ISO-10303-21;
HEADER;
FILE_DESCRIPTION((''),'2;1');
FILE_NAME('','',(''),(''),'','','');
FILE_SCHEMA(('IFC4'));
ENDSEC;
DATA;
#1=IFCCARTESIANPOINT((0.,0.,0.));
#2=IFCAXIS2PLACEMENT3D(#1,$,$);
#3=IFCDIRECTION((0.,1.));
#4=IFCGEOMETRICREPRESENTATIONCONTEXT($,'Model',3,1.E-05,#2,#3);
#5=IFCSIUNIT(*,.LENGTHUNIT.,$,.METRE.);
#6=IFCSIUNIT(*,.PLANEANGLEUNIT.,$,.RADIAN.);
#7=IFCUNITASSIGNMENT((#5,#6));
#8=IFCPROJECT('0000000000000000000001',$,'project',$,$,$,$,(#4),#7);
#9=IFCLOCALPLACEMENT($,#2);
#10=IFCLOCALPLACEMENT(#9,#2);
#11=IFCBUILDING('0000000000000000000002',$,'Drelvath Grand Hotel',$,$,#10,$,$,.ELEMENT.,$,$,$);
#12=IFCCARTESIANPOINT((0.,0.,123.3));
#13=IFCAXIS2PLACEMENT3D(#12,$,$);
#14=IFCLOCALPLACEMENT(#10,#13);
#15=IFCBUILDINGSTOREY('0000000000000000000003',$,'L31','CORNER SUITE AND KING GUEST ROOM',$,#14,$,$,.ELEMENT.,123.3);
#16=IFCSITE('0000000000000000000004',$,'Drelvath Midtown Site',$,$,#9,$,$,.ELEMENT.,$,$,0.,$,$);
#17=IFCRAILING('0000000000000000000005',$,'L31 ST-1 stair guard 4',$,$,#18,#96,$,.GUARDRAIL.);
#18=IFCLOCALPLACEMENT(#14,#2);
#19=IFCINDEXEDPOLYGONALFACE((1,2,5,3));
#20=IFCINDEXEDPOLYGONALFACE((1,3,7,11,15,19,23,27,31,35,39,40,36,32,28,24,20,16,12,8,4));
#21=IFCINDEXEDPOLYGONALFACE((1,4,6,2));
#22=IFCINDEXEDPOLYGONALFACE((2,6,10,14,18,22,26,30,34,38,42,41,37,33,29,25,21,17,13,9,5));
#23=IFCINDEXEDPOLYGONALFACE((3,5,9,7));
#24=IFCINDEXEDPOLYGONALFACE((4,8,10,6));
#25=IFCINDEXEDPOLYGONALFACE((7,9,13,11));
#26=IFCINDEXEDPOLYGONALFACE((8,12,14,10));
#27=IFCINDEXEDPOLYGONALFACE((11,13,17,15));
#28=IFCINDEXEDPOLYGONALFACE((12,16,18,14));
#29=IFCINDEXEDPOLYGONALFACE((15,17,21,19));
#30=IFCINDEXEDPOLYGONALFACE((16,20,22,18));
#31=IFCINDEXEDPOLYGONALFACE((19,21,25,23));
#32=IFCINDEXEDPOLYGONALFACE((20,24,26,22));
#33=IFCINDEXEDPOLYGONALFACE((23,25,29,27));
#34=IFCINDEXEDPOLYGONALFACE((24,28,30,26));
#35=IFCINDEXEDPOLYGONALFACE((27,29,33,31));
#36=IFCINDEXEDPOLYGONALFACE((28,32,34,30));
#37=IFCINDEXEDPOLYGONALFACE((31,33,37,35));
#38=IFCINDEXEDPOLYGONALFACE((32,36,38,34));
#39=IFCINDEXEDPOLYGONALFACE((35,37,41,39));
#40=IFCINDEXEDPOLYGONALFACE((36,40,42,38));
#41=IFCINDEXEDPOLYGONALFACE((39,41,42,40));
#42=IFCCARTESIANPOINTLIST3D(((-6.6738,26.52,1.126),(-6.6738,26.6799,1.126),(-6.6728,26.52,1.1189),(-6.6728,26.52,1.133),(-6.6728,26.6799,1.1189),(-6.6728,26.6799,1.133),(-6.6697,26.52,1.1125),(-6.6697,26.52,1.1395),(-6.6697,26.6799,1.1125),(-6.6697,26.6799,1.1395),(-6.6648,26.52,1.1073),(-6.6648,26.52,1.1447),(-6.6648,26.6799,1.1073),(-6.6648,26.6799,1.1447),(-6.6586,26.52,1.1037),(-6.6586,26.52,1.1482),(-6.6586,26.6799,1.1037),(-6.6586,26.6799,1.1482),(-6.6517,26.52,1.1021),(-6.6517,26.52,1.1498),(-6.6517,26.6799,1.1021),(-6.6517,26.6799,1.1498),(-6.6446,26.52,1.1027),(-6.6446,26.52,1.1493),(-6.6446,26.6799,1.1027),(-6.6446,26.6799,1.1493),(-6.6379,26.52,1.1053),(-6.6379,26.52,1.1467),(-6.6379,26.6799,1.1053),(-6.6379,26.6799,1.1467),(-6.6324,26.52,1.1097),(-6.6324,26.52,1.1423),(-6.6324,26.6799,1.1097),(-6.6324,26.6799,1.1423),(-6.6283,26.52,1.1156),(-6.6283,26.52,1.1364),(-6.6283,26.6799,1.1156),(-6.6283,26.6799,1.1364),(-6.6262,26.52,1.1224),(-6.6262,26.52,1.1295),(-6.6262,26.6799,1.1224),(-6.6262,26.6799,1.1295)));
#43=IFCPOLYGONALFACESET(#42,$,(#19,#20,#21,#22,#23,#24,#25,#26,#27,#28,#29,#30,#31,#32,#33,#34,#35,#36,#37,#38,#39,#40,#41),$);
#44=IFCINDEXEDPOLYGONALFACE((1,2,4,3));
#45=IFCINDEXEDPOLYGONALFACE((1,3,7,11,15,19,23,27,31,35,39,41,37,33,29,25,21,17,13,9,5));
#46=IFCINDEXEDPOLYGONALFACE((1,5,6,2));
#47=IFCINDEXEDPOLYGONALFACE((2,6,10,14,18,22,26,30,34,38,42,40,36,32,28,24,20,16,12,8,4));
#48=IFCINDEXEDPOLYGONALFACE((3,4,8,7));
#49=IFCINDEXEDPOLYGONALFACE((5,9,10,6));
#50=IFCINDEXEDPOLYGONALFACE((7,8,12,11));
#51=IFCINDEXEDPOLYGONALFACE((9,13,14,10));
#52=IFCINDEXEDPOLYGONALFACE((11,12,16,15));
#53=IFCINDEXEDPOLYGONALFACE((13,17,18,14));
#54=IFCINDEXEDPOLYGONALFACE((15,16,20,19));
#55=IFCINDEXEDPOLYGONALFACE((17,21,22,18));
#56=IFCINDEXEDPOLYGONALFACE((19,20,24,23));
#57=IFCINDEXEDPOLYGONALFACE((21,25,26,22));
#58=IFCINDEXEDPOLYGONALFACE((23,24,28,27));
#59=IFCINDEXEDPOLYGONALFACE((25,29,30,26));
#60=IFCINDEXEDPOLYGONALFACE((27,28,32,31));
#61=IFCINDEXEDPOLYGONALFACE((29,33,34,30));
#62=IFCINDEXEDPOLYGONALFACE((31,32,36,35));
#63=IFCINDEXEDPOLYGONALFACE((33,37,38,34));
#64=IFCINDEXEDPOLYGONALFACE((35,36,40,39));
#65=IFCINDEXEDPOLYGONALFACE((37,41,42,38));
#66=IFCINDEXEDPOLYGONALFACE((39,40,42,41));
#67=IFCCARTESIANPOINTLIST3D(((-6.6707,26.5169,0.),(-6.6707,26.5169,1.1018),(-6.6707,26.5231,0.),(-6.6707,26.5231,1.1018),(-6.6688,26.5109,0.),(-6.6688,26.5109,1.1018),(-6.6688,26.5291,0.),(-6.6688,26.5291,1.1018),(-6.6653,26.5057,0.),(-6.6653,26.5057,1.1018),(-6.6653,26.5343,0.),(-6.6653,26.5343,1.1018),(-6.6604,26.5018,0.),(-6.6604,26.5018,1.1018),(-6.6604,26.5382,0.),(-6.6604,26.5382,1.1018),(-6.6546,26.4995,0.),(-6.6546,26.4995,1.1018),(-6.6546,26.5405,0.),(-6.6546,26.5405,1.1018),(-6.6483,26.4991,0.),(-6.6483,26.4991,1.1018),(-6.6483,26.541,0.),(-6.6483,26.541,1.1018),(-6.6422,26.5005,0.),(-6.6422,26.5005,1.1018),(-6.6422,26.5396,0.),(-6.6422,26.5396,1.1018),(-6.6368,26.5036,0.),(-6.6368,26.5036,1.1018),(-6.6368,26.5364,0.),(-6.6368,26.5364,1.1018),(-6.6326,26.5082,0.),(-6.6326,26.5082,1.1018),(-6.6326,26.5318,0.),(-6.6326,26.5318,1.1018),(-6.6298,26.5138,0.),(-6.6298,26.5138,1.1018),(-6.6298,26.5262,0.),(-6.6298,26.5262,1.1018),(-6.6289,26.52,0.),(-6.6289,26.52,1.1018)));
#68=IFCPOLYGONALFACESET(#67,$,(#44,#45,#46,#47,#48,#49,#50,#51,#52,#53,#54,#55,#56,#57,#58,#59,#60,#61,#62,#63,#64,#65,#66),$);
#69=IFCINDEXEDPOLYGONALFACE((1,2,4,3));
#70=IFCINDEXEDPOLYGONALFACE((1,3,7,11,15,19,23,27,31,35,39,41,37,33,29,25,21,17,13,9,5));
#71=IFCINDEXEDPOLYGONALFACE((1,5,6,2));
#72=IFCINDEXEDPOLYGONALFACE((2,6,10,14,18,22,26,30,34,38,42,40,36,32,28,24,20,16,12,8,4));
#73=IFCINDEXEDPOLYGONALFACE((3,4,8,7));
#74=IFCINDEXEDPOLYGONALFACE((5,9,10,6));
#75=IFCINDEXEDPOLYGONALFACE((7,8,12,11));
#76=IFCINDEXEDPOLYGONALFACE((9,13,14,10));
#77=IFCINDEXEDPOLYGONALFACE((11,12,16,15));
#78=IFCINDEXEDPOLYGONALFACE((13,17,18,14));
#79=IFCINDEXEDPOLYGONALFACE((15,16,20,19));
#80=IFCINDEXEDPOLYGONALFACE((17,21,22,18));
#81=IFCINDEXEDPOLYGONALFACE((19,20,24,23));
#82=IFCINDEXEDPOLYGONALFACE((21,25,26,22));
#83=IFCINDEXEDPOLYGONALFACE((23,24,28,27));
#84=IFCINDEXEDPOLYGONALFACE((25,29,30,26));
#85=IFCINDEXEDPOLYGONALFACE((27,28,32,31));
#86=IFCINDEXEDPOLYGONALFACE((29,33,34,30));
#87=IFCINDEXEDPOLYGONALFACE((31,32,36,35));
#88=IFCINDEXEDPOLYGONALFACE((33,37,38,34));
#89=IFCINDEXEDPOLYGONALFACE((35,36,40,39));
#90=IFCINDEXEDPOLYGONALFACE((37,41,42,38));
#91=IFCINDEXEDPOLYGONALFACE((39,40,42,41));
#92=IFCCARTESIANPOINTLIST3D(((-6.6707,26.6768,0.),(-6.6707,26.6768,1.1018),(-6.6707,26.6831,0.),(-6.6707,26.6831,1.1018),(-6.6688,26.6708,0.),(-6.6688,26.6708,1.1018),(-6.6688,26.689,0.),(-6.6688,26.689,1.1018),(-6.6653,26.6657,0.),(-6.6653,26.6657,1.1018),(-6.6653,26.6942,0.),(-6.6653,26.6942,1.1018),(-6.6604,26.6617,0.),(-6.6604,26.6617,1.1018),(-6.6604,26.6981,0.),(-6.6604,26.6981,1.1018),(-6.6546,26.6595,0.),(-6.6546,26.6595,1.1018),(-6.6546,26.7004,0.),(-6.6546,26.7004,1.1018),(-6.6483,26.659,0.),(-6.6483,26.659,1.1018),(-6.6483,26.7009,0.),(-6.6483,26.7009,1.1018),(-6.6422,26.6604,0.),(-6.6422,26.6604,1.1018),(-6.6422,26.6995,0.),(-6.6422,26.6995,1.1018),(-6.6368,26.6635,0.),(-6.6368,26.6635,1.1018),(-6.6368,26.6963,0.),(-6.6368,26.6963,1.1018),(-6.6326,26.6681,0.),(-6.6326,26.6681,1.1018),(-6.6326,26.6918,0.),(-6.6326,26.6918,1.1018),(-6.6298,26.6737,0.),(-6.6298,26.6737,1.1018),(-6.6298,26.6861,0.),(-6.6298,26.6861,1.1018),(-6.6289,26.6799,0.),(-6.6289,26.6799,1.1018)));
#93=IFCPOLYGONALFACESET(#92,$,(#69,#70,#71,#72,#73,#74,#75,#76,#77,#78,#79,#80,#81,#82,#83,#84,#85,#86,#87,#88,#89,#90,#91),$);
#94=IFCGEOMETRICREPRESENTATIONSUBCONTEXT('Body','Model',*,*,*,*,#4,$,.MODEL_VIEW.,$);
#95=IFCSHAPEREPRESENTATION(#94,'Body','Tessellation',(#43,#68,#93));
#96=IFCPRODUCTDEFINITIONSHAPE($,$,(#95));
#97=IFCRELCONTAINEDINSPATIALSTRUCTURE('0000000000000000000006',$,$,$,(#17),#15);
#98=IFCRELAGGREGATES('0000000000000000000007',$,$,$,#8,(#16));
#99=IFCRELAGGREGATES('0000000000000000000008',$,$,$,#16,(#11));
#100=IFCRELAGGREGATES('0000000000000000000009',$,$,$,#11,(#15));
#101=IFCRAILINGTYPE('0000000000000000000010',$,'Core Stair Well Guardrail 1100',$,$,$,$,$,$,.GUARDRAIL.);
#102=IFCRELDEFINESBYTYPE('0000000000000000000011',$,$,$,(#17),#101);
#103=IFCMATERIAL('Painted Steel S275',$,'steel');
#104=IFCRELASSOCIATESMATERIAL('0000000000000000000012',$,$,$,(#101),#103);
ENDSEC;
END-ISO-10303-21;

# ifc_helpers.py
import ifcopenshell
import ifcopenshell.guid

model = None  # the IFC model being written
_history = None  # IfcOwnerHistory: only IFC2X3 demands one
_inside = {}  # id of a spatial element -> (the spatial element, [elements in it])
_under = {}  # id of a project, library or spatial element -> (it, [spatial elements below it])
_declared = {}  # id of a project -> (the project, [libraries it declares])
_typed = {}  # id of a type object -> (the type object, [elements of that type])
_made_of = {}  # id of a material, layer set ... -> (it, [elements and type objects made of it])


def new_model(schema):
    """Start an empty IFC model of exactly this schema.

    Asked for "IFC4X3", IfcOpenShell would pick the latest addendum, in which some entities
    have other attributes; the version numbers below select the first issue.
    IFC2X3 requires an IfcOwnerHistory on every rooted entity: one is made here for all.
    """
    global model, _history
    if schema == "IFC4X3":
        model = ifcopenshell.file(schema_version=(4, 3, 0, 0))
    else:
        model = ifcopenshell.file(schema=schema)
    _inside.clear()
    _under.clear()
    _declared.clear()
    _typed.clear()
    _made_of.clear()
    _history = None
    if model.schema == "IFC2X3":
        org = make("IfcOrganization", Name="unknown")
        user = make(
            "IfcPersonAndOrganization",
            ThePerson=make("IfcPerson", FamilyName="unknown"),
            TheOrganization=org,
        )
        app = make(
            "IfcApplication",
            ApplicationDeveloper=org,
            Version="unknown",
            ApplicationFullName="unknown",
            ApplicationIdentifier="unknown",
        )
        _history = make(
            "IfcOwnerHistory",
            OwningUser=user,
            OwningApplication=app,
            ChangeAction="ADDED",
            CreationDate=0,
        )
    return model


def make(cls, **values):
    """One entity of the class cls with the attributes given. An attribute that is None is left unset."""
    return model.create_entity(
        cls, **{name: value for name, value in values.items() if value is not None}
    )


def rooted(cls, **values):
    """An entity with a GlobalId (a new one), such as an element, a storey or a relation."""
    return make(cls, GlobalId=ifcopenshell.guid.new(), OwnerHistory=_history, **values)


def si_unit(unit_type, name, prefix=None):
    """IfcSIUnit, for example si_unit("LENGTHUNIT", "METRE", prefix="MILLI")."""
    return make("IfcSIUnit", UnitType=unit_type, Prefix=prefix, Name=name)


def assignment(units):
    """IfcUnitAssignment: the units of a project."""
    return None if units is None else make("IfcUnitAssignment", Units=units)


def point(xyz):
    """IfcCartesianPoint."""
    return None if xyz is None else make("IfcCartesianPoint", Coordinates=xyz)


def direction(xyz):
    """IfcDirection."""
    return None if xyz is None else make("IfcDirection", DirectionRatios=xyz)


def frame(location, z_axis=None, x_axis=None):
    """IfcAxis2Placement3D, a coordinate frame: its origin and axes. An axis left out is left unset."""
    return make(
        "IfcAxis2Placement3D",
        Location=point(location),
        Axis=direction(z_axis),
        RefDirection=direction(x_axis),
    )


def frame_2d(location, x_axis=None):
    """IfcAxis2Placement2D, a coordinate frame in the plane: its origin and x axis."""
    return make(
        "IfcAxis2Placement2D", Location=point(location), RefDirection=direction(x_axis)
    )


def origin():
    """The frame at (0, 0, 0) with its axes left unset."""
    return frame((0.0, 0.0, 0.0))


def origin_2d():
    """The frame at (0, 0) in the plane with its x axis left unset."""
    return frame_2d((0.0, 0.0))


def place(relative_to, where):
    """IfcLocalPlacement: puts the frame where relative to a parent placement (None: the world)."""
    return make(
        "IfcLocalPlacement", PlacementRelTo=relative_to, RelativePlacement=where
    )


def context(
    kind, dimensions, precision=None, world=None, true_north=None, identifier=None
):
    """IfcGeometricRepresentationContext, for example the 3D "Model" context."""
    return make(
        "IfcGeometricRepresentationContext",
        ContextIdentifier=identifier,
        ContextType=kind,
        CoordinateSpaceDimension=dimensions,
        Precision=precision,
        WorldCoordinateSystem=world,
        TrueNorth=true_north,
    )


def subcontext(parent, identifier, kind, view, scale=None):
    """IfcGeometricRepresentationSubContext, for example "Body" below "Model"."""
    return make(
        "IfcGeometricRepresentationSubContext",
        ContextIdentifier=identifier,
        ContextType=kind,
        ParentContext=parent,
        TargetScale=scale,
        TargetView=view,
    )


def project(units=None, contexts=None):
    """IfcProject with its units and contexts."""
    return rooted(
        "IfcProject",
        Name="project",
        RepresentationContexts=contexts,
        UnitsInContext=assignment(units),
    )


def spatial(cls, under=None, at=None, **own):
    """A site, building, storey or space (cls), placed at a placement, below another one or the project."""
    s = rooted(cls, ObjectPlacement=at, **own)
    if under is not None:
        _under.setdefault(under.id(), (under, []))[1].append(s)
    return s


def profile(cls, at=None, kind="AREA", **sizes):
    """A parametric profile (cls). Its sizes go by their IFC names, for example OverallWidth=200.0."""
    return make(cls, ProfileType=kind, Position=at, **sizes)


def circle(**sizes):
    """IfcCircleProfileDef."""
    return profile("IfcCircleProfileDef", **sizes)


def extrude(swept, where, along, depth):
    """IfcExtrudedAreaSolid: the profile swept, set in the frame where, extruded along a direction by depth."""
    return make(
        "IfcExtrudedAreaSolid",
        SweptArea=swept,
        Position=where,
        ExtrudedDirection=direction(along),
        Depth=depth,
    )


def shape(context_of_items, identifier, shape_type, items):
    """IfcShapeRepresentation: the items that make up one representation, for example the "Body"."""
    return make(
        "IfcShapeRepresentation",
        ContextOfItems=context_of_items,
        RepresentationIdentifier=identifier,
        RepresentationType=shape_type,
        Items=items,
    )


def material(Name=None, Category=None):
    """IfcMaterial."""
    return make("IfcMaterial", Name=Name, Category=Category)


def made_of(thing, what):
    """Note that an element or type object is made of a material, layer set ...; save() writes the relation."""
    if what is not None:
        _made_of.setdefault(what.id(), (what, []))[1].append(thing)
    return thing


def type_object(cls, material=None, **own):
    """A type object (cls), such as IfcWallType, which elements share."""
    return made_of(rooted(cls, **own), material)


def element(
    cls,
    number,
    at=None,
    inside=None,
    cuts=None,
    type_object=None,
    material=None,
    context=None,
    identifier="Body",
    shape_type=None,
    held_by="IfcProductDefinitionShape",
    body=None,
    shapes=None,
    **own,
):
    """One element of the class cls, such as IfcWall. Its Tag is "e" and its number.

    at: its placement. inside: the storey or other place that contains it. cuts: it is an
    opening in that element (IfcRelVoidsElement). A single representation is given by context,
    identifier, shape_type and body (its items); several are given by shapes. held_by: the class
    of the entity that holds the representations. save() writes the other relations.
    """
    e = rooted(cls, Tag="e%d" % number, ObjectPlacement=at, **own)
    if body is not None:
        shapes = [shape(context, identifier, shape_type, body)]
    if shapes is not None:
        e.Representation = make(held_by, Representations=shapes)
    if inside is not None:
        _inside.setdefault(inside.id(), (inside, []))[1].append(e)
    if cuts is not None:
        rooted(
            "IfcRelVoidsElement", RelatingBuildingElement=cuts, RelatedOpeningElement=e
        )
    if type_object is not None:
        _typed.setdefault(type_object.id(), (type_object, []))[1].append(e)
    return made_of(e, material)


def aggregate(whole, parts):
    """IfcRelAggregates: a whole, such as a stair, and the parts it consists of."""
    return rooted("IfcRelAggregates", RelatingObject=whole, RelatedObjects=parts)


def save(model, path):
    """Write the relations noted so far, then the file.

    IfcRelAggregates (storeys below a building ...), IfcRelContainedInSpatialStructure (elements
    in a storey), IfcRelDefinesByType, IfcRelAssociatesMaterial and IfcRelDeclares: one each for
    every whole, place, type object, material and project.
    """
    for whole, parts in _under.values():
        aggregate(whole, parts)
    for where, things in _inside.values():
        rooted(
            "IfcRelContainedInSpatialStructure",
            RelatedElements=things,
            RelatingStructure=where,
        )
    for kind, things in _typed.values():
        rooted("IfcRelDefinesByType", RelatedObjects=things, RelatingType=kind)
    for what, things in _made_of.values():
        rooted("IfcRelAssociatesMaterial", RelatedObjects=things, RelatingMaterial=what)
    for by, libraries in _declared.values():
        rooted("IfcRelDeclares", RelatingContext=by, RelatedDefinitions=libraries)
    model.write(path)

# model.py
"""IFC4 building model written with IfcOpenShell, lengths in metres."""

from ifc_helpers import new_model, si_unit, direction, frame, origin, origin_2d, place, context, subcontext, project, spatial, circle, extrude, material, type_object, element, save


model = new_model("IFC4")

# Units and contexts
model_context = context("Model", 3, precision=1e-05, world=origin(), true_north=direction((0.0, 1.0)))
body_context = subcontext(model_context, "Body", "Model", "MODEL_VIEW")
ifc_project = project(units=[si_unit("LENGTHUNIT", "METRE"), si_unit("PLANEANGLEUNIT", "RADIAN")], contexts=[model_context])

# Site, building, storey
site_placement = place(None, origin())
site = spatial("IfcSite", under=ifc_project, at=site_placement, Name="Drelvath Midtown Site", CompositionType="ELEMENT", RefElevation=0.0)
building_placement = place(site_placement, origin())
building = spatial("IfcBuilding", under=site, at=building_placement, Name="Drelvath Grand Hotel", CompositionType="ELEMENT")
storey_placement = place(building_placement, frame((0.0, 0.0, 123.3)))
storey = spatial("IfcBuildingStorey", under=building, at=storey_placement, Name="L31", Description="CORNER SUITE AND KING GUEST ROOM", CompositionType="ELEMENT", Elevation=123.3)

# Shared definitions
ifc_material_1 = material(Name="Painted Steel S275", Category="steel")

# Railing
railing_type_1 = type_object("IfcRailingType", Name="Core Stair Well Guardrail 1100", PredefinedType="GUARDRAIL", material=ifc_material_1)
railing_1_placement = place(storey_placement, frame((-6.6499, 26.52, 0.0)))
element("IfcRailing", 1, at=railing_1_placement, inside=storey, type_object=railing_type_1, Name="L31 ST-1 stair guard 4", PredefinedType="GUARDRAIL", context=body_context, shape_type="SweptSolid", body=[
    extrude(circle(Radius=0.0239, at=origin_2d()), frame((0.0, 0.0, 1.126), z_axis=(0.0, 1.0, 0.0), x_axis=(-1.0, 0.0, 0.0)), (0.0, 0.0, 1.0), 0.1599),
    extrude(circle(Radius=0.021, at=origin_2d()), origin(), (0.0, 0.0, 1.0), 1.1018),
    extrude(circle(Radius=0.021, at=origin_2d()), frame((0.0, 0.1599, 0.0)), (0.0, 0.0, 1.0), 1.1018),
])

save(model, "model.ifc")
